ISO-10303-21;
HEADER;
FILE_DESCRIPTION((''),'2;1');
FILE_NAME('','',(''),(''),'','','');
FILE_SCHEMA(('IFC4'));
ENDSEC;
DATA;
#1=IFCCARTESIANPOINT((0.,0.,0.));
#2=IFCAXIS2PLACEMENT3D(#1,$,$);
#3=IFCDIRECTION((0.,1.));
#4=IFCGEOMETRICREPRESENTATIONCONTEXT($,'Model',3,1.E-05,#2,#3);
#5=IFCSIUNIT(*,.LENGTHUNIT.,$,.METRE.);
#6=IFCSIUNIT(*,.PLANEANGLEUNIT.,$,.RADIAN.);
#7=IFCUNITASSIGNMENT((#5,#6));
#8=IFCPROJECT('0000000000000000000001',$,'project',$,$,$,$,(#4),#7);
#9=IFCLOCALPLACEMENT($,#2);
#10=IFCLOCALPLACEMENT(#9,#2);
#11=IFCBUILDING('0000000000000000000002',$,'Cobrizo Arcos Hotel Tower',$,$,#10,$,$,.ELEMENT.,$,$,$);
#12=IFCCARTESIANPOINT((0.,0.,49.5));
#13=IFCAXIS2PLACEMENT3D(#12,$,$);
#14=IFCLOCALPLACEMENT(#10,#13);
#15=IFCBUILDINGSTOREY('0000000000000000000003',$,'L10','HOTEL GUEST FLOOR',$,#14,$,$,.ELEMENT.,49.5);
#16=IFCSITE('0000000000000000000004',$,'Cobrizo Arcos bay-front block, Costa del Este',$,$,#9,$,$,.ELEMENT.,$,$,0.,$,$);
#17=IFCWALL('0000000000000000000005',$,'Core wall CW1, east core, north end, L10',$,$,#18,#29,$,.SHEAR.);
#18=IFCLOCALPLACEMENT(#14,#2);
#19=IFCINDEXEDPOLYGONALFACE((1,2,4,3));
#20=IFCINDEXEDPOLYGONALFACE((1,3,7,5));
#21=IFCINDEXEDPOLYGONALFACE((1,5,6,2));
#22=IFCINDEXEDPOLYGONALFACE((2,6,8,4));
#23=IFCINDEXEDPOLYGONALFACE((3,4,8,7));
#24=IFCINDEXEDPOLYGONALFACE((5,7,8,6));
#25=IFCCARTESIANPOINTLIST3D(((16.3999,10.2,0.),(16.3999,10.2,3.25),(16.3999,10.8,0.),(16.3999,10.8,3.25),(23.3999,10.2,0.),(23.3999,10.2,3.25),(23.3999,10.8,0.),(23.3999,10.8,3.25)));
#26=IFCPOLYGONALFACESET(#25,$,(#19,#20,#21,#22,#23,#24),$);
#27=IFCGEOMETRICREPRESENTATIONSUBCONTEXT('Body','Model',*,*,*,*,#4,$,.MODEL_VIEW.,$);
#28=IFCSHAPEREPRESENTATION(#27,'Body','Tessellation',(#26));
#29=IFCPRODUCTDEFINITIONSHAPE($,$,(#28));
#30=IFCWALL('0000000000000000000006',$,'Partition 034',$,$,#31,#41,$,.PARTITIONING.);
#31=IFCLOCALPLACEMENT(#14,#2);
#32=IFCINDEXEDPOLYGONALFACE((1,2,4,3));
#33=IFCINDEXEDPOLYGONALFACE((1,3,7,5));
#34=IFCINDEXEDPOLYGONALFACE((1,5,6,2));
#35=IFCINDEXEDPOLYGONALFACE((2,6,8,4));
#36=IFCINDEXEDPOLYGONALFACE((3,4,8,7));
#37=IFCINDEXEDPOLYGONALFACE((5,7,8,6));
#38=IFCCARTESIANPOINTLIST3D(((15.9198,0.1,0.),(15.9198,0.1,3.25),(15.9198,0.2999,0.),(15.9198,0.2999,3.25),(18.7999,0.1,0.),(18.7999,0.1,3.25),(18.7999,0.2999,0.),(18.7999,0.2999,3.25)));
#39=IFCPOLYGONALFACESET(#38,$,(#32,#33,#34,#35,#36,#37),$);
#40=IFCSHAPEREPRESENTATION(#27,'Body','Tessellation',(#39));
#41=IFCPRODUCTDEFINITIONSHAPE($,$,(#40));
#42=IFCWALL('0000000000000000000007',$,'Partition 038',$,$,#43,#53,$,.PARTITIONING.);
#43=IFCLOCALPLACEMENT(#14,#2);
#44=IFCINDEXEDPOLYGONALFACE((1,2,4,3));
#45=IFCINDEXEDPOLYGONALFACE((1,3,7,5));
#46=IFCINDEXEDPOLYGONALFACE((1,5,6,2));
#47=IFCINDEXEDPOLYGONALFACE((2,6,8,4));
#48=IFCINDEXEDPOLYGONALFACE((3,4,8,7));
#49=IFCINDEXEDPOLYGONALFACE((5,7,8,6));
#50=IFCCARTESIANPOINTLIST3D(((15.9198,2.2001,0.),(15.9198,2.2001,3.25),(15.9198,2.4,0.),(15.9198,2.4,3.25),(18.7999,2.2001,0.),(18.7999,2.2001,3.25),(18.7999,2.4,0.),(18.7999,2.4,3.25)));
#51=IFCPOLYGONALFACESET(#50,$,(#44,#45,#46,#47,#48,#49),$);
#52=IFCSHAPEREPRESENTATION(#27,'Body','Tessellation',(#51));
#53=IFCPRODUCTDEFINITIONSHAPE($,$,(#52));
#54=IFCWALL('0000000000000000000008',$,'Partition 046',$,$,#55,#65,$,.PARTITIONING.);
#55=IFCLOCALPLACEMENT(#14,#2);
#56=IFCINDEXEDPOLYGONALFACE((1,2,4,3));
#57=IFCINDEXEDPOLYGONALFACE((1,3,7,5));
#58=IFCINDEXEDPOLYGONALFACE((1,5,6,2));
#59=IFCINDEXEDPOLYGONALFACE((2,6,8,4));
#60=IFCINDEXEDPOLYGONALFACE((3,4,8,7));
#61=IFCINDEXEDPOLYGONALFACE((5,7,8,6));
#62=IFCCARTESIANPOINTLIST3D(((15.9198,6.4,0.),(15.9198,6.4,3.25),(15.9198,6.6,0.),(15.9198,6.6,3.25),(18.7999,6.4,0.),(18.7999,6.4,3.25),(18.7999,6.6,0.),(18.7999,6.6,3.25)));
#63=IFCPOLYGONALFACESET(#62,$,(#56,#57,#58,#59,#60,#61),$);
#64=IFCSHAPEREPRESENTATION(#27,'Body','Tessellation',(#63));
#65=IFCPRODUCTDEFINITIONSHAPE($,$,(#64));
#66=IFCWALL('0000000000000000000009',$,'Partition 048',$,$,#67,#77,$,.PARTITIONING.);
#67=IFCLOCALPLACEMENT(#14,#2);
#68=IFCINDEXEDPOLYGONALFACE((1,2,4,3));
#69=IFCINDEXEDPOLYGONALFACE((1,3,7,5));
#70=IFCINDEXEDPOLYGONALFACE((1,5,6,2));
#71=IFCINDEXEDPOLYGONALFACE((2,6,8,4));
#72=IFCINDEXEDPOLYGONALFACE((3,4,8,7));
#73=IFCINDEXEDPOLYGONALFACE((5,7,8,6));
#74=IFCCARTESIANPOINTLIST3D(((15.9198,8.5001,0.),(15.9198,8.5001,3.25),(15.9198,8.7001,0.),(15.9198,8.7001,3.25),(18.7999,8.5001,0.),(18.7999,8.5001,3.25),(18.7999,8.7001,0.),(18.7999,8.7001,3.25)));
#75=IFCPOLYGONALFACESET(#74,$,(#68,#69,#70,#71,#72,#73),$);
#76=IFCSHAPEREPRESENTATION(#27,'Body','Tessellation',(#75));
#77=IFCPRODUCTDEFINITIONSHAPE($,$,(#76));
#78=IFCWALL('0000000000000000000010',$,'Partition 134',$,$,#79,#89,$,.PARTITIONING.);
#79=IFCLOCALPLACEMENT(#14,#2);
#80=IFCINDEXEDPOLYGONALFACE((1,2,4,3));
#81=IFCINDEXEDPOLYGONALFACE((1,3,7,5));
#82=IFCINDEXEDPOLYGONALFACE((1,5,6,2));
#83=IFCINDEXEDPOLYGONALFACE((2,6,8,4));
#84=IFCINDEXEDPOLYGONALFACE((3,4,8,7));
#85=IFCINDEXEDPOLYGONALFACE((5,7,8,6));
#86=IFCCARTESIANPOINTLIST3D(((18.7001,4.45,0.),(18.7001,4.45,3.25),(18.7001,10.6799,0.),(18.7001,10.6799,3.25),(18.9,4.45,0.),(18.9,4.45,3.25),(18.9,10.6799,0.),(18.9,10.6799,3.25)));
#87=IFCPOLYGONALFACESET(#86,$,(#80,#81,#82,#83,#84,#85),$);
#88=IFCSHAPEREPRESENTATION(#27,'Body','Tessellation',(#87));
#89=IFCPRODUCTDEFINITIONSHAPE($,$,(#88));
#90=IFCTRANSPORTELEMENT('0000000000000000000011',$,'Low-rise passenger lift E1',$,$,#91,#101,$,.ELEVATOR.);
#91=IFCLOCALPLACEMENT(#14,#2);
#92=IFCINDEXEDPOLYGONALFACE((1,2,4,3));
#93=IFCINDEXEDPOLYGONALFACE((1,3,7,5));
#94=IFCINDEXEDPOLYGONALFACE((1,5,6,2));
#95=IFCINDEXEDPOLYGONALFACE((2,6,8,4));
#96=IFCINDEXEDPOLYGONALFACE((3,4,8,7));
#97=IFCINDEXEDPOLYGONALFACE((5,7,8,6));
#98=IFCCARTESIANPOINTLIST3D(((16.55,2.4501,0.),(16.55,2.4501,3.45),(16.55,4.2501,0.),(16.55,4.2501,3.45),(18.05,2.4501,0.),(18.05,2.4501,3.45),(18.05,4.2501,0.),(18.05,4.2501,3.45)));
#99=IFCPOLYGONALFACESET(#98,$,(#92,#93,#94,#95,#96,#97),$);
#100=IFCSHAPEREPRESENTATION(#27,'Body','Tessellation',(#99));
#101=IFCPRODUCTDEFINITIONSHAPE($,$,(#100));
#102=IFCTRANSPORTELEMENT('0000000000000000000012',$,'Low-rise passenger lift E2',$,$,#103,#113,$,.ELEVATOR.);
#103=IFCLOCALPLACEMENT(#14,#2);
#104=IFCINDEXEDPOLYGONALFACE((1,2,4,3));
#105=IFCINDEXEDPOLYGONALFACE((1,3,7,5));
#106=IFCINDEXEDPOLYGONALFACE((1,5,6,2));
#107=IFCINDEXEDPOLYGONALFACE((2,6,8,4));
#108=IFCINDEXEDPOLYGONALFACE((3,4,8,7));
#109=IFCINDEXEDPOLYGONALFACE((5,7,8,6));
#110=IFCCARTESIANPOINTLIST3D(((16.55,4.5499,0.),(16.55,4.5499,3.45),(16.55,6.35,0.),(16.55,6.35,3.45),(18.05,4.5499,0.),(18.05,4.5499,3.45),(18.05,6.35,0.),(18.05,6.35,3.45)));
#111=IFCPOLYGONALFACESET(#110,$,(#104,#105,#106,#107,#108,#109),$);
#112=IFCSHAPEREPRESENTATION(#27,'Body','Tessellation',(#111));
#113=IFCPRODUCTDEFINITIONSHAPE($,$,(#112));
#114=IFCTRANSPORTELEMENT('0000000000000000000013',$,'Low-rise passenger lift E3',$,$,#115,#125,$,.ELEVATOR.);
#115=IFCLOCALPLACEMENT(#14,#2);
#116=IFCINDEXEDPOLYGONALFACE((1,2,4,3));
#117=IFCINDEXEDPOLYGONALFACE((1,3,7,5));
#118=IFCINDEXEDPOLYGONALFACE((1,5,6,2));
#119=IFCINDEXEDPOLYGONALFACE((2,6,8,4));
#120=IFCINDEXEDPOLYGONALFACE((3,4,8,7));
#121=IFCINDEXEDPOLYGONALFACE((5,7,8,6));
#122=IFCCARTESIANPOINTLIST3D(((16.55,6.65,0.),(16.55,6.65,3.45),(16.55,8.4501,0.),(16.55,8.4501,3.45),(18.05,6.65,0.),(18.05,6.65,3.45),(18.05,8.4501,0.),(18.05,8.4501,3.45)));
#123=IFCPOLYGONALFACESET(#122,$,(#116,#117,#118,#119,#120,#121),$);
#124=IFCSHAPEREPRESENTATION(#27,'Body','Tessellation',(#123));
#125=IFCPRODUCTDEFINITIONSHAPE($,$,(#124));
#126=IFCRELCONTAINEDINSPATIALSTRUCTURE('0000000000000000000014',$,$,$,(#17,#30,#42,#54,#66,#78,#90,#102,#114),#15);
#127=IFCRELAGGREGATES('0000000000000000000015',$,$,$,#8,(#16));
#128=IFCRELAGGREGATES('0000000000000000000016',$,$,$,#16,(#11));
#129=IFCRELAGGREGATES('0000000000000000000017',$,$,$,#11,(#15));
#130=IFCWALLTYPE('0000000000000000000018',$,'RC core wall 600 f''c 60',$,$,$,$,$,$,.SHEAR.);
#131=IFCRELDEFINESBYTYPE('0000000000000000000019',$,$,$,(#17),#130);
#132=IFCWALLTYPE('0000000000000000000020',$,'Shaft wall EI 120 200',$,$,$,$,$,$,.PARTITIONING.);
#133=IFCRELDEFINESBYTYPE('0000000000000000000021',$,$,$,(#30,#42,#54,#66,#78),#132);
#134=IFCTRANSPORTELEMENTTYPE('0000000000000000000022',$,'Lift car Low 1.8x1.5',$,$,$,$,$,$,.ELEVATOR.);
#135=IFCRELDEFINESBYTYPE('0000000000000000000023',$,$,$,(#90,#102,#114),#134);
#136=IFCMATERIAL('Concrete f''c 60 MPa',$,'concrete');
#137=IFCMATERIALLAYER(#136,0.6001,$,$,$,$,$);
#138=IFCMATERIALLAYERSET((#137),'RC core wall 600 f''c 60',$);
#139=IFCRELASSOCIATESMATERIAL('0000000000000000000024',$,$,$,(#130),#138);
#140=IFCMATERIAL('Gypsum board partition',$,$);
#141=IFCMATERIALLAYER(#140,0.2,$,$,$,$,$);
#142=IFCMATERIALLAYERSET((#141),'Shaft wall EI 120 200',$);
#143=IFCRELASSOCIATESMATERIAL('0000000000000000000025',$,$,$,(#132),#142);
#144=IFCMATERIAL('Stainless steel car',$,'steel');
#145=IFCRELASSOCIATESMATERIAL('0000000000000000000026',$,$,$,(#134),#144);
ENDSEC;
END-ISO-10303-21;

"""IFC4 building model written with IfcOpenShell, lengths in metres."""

from ifc_helpers import new_model, si_unit, direction, frame, frame_2d, origin, origin_2d, place, context, subcontext, project, spatial, rectangle, extrude, material, layer, layer_set, type_object, element, save


model = new_model("IFC4")

# Units and contexts
model_context = context("Model", 3, precision=1e-05, world=origin(), true_north=direction((0.0, 1.0)))
body_context = subcontext(model_context, "Body", "Model", "MODEL_VIEW")
ifc_project = project(units=[si_unit("LENGTHUNIT", "METRE"), si_unit("PLANEANGLEUNIT", "RADIAN")], contexts=[model_context])

# Site, building, storey
site_placement = place(None, origin())
site = spatial("IfcSite", under=ifc_project, at=site_placement, Name="Cobrizo Arcos bay-front block, Costa del Este", CompositionType="ELEMENT", RefElevation=0.0)
building_placement = place(site_placement, origin())
building = spatial("IfcBuilding", under=site, at=building_placement, Name="Cobrizo Arcos Hotel Tower", CompositionType="ELEMENT")
storey_placement = place(building_placement, frame((0.0, 0.0, 49.5)))
storey = spatial("IfcBuildingStorey", under=building, at=storey_placement, Name="L10", Description="HOTEL GUEST FLOOR", CompositionType="ELEMENT", Elevation=49.5)

# Shared definitions
ifc_material_1 = material(Name="Gypsum board partition")

# Walls
ifc_material_2 = material(Name="Concrete f'c 60 MPa", Category="concrete")
ifc_layer_1 = layer(ifc_material_2, 0.6001)
ifc_layer_set_1 = layer_set([ifc_layer_1], Name="RC core wall 600 f'c 60")
wall_type_1 = type_object("IfcWallType", Name="RC core wall 600 f'c 60", PredefinedType="SHEAR", material=ifc_layer_set_1)
wall_1_placement = place(storey_placement, frame((16.3999, 10.5, 0.0), z_axis=(0.0, 0.0, 1.0), x_axis=(1.0, 0.0, 0.0)))
element("IfcWall", 1, at=wall_1_placement, inside=storey, type_object=wall_type_1, Name="Core wall CW1, east core, north end, L10", PredefinedType="SHEAR", context=body_context, shape_type="SweptSolid", body=[
    extrude(rectangle(XDim=7.0, YDim=0.6001, at=frame_2d((3.5, 0.0))), origin(), (0.0, 0.0, 1.0), 3.25),
])
ifc_layer_2 = layer(ifc_material_1, 0.2)
ifc_layer_set_2 = layer_set([ifc_layer_2], Name="Shaft wall EI 120 200")
wall_type_2 = type_object("IfcWallType", Name="Shaft wall EI 120 200", PredefinedType="PARTITIONING", material=ifc_layer_set_2)
for number, where, z_axis, x_axis, name in (
    (2, (15.9199, 0.2, 0.0), (0.0, 0.0, 1.0), (1.0, 0.0, 0.0), "Partition 034"),
    (3, (15.9199, 2.3, 0.0), (0.0, 0.0, 1.0), (1.0, 0.0, 0.0), "Partition 038"),
    (4, (15.9199, 6.5, 0.0), (0.0, 0.0, 1.0), (1.0, 0.0, 0.0), "Partition 046"),
    (5, (15.9199, 8.6001, 0.0), (0.0, 0.0, 1.0), (1.0, 0.0, 0.0), "Partition 048"),
):
    element("IfcWall", number, at=place(storey_placement, frame(where, z_axis=z_axis, x_axis=x_axis)), inside=storey, type_object=wall_type_2, Name=name, PredefinedType="PARTITIONING", context=body_context, shape_type="SweptSolid", body=[
        extrude(rectangle(XDim=2.8801, YDim=0.2, at=frame_2d((1.4399, 0.0))), origin(), (0.0, 0.0, 1.0), 3.25),
    ])
wall_2_placement = place(storey_placement, frame((18.8, 4.45, 0.0), z_axis=(0.0, 0.0, 1.0), x_axis=(0.0, 1.0, 0.0)))
element("IfcWall", 6, at=wall_2_placement, inside=storey, type_object=wall_type_2, Name="Partition 134", PredefinedType="PARTITIONING", context=body_context, shape_type="SweptSolid", body=[
    extrude(rectangle(XDim=6.23, YDim=0.2, at=frame_2d((3.115, 0.0))), origin(), (0.0, 0.0, 1.0), 3.25),
])

# Transport elements
ifc_material_3 = material(Name="Stainless steel car", Category="steel")
transport_element_type = type_object("IfcTransportElementType", Name="Lift car Low 1.8x1.5", PredefinedType="ELEVATOR", material=ifc_material_3)
for number, where, z_axis, x_axis, name in (
    (7, (17.3, 3.3501, 0.0), (0.0, 0.0, 1.0), (1.0, 0.0, 0.0), "Low-rise passenger lift E1"),
    (8, (17.3, 5.45, 0.0), (0.0, 0.0, 1.0), (1.0, 0.0, 0.0), "Low-rise passenger lift E2"),
    (9, (17.3, 7.55, 0.0), (0.0, 0.0, 1.0), (1.0, 0.0, 0.0), "Low-rise passenger lift E3"),
):
    element("IfcTransportElement", number, at=place(storey_placement, frame(where, z_axis=z_axis, x_axis=x_axis)), inside=storey, type_object=transport_element_type, Name=name, PredefinedType="ELEVATOR", context=body_context, shape_type="SweptSolid", body=[
        extrude(rectangle(XDim=1.5, YDim=1.8, at=origin_2d()), origin(), (0.0, 0.0, 1.0), 3.45),
    ])

save(model, "model.ifc")
